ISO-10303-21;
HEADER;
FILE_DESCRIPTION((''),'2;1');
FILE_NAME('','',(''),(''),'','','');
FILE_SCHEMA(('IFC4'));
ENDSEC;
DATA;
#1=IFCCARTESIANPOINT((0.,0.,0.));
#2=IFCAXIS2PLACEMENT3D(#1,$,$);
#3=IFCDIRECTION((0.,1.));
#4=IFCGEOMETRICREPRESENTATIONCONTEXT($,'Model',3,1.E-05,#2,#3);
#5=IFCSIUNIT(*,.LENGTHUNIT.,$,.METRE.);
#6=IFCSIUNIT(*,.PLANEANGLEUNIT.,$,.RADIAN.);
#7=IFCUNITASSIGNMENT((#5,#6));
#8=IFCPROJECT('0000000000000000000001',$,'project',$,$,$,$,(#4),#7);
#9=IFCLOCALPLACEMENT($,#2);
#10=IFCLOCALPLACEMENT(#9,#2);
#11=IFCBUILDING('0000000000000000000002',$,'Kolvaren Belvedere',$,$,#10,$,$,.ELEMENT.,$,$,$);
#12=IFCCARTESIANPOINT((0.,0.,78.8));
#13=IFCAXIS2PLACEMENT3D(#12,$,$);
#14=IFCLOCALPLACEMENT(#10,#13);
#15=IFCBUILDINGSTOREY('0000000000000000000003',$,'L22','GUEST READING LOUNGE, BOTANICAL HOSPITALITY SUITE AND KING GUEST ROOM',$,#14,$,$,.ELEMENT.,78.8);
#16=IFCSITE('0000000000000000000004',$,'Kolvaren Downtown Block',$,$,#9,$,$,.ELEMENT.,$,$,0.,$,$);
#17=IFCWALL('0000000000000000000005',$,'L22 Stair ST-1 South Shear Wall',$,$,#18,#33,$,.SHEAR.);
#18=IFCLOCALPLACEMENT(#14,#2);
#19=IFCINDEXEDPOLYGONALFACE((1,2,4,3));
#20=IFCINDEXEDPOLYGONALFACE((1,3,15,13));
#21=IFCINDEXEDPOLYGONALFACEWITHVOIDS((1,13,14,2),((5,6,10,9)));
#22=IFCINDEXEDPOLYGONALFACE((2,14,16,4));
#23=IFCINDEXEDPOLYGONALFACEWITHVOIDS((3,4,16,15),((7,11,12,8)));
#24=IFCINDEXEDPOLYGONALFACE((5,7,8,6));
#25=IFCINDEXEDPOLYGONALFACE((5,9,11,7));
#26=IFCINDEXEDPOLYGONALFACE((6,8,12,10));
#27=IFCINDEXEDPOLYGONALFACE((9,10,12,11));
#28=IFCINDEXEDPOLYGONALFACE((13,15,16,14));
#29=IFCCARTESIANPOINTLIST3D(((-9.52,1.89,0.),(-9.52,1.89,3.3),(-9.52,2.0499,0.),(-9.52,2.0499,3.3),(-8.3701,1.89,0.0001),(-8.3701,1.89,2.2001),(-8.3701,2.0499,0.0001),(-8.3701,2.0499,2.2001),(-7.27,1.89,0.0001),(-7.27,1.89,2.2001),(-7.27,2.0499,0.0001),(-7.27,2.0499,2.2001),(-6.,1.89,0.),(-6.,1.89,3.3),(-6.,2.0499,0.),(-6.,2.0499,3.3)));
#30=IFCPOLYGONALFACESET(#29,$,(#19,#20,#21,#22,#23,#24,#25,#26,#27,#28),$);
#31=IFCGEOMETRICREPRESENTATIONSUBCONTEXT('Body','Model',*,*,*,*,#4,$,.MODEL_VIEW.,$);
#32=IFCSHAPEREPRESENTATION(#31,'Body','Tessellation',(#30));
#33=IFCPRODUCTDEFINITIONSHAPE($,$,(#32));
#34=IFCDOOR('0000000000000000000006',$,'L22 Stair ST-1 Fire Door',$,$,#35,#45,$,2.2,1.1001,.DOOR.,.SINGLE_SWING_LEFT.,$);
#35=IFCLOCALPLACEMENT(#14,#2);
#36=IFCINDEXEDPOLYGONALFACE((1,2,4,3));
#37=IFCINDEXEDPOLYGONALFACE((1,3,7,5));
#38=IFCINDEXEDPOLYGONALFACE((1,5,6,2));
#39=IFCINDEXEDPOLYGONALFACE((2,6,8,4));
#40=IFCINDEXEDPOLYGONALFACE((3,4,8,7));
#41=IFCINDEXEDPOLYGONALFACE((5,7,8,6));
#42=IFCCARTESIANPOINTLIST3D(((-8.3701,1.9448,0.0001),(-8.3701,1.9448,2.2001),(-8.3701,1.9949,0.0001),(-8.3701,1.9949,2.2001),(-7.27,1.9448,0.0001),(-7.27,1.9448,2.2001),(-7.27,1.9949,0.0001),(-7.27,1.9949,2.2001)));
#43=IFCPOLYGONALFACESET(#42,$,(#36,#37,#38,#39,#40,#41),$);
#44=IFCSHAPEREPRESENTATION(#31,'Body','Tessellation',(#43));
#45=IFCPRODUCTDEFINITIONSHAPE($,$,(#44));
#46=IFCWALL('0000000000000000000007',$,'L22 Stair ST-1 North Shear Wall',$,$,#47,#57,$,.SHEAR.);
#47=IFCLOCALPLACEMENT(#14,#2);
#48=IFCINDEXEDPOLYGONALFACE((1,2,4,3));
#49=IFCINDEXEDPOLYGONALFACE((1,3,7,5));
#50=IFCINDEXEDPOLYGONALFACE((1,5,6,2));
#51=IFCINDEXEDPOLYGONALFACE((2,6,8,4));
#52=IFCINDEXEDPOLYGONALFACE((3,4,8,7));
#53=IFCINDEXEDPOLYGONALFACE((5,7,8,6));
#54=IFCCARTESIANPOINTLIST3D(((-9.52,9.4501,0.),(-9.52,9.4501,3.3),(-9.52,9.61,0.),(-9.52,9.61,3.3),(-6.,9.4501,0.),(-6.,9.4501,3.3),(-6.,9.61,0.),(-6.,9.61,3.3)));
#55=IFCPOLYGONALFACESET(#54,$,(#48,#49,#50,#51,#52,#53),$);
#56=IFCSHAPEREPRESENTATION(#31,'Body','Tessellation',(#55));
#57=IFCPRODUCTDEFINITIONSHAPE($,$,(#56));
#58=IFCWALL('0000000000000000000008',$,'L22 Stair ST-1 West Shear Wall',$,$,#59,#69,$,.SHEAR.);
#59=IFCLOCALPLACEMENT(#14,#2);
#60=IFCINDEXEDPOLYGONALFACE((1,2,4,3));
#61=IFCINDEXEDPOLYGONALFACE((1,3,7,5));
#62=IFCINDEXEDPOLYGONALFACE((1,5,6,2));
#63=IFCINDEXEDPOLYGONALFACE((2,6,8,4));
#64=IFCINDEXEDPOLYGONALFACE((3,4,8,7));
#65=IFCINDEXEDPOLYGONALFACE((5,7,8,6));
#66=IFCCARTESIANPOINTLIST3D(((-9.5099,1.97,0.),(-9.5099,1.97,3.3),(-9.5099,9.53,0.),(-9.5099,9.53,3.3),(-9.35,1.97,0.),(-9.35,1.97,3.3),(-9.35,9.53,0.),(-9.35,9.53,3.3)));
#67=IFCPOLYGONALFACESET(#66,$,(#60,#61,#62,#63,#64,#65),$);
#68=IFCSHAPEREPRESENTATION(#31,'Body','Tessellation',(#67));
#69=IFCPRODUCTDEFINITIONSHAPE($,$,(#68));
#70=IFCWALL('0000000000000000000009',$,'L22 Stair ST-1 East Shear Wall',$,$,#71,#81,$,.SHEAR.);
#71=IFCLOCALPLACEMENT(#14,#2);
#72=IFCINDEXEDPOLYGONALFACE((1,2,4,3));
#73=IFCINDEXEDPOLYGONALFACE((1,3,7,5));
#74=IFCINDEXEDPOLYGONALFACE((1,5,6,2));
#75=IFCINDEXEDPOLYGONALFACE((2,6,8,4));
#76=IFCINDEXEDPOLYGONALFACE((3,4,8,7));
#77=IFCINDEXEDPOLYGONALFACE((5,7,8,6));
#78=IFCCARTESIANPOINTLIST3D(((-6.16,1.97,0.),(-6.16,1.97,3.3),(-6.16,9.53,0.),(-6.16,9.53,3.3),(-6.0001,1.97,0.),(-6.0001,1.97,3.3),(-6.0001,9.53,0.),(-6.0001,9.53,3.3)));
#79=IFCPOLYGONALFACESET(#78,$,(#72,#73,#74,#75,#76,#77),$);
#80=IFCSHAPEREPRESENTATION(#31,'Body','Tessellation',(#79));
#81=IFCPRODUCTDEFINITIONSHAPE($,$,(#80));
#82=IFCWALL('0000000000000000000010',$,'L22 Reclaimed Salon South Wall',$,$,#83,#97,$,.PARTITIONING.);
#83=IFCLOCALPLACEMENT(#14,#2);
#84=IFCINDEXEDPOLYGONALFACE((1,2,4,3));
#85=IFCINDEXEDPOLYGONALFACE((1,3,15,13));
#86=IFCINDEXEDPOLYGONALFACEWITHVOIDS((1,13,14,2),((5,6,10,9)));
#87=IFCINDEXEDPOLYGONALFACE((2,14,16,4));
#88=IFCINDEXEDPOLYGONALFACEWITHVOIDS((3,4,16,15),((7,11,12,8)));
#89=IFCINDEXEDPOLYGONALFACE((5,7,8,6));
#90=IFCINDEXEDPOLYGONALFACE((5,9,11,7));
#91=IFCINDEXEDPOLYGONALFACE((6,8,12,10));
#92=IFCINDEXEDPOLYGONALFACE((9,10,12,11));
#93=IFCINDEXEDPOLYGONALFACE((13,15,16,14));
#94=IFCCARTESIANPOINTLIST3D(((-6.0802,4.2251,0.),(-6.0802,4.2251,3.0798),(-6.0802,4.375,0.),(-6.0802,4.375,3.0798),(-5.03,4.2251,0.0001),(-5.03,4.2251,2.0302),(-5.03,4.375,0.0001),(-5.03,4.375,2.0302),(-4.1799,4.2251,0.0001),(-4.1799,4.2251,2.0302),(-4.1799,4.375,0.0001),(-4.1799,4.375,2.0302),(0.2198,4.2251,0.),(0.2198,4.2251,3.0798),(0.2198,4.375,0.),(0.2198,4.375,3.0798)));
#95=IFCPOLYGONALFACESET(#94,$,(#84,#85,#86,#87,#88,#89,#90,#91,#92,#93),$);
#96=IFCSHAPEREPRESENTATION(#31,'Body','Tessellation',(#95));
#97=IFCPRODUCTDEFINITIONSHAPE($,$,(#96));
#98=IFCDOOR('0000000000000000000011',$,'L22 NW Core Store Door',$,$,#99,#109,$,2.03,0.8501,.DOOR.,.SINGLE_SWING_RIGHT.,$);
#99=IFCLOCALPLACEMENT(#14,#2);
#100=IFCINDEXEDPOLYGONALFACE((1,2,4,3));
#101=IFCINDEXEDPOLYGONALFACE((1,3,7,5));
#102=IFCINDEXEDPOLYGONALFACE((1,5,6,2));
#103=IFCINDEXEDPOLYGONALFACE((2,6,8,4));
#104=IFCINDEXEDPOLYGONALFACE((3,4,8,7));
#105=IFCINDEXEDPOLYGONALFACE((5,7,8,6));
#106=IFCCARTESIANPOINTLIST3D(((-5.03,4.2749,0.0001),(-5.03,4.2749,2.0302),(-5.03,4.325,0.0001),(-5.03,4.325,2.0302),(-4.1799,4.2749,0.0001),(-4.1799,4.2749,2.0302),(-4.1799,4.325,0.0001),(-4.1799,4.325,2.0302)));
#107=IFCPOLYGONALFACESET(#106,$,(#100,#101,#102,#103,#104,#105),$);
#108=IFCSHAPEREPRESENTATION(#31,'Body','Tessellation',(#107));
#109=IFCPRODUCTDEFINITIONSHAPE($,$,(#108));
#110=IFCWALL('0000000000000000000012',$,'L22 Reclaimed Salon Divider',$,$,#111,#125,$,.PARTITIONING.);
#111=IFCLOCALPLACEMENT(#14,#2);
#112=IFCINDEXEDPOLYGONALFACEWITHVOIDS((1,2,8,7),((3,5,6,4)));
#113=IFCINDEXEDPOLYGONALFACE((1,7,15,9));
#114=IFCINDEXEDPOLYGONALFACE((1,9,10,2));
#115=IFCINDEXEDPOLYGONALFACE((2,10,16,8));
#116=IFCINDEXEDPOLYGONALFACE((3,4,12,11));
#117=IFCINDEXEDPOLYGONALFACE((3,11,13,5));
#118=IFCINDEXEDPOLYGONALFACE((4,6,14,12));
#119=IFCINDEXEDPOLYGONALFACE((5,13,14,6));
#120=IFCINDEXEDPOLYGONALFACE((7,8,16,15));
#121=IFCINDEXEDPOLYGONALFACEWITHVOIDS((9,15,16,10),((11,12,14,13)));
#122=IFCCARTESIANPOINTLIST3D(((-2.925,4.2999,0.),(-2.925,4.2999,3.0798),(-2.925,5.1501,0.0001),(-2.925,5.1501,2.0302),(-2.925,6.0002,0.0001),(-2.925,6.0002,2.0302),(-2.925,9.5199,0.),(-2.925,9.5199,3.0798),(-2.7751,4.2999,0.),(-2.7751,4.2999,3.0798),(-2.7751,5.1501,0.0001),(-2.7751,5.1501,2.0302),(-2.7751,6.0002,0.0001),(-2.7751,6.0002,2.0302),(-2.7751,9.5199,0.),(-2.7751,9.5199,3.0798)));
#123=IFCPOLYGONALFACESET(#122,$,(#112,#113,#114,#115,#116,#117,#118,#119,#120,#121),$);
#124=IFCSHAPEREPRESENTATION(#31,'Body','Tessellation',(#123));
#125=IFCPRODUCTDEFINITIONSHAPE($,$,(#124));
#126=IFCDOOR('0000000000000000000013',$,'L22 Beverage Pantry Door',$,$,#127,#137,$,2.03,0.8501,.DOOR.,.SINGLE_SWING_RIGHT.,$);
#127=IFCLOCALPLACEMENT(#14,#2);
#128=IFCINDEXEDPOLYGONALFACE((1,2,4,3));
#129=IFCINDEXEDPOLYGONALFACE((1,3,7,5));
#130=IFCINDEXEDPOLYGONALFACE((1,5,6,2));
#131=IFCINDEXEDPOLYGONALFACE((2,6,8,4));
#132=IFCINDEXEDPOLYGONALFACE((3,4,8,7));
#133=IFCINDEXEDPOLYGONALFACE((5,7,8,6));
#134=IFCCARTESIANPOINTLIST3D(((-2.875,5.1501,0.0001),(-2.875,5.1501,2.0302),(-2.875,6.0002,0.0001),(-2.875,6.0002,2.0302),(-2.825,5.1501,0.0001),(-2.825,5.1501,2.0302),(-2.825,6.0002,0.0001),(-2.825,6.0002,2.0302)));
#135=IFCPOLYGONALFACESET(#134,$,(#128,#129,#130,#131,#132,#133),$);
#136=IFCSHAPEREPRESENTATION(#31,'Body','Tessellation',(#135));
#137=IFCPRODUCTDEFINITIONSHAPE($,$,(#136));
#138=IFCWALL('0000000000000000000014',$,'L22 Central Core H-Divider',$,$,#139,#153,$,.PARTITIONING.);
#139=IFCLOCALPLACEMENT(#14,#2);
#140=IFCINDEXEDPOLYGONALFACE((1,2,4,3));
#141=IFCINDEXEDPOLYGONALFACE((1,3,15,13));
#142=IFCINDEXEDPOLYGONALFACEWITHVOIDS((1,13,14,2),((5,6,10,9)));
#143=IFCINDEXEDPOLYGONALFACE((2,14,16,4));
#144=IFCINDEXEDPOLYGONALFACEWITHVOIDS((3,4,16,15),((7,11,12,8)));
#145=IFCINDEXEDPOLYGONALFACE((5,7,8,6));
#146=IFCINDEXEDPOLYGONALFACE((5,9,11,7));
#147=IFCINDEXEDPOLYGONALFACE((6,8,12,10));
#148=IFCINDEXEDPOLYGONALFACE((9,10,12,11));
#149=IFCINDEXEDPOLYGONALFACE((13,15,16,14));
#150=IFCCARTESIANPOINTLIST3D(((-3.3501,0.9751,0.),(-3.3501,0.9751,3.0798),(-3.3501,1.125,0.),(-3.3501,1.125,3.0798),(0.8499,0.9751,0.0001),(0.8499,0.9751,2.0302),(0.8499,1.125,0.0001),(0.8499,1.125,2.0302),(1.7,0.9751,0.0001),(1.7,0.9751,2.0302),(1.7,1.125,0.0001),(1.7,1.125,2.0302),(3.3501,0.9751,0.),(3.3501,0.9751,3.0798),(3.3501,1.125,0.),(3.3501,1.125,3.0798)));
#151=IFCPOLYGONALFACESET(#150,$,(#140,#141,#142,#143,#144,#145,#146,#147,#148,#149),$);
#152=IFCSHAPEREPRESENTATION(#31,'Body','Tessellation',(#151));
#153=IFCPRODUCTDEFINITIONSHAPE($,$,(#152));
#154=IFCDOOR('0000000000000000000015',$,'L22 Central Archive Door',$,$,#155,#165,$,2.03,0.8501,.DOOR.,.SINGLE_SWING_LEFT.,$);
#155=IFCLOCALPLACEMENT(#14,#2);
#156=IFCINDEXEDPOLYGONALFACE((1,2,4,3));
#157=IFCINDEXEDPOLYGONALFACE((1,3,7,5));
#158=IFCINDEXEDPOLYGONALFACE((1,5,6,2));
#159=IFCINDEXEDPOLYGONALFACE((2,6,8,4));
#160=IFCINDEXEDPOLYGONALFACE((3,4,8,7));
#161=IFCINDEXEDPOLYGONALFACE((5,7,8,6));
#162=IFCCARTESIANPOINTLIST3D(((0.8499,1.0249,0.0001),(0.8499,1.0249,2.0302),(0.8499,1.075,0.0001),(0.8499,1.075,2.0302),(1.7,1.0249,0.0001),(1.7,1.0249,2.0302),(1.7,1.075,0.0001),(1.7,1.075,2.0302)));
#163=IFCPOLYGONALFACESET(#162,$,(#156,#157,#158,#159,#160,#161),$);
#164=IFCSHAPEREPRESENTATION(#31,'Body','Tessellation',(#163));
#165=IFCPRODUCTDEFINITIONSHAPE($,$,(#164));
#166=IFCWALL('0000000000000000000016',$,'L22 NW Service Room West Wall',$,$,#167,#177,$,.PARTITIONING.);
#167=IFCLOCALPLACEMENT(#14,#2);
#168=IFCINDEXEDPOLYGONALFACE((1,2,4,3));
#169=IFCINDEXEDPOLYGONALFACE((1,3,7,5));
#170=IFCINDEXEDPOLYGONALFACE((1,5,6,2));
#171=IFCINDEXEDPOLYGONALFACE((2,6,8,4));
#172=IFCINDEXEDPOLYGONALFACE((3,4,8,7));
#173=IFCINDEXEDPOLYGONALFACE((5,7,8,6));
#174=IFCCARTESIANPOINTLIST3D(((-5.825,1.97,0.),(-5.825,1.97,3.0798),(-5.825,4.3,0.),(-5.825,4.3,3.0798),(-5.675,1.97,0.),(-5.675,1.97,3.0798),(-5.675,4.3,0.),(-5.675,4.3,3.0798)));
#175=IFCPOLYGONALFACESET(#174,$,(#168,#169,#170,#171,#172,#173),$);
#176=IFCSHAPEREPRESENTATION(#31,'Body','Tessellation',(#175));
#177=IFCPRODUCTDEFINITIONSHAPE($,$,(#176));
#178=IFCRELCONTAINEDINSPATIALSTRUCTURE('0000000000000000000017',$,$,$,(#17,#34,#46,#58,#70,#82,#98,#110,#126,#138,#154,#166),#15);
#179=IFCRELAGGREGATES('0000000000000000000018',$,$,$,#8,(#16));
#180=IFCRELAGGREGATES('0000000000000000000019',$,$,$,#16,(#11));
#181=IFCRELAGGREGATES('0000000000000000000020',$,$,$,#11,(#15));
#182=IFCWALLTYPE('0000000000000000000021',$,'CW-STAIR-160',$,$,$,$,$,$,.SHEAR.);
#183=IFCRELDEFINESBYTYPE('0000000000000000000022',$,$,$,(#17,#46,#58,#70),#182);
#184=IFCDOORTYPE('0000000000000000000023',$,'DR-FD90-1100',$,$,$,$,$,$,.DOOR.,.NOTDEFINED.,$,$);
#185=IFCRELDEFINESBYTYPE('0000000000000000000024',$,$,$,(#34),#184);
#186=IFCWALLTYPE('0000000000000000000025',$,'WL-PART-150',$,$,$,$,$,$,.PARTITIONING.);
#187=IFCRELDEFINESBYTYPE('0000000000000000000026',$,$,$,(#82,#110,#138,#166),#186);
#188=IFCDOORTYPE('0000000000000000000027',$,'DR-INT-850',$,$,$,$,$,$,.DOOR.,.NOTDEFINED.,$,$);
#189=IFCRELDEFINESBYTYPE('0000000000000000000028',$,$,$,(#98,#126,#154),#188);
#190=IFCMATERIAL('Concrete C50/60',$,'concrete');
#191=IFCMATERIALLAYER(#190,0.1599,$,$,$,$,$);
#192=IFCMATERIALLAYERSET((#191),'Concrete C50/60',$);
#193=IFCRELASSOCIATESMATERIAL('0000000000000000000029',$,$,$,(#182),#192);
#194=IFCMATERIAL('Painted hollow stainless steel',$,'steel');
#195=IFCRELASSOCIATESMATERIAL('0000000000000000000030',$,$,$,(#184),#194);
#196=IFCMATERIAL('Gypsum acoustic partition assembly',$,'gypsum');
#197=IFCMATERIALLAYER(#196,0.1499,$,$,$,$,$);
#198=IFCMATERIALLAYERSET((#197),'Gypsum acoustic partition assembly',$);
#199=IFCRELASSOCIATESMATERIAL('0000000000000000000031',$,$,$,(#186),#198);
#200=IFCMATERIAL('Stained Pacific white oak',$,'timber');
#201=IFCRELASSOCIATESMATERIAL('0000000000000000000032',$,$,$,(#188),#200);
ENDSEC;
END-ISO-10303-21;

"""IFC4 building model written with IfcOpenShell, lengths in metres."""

from ifc_helpers import new_model, si_unit, direction, frame, frame_2d, origin, place, context, subcontext, project, spatial, rectangle, extrude, material, layer, layer_set, type_object, element, fill, save


model = new_model("IFC4")

# Units and contexts
model_context = context("Model", 3, precision=1e-05, world=origin(), true_north=direction((0.0, 1.0)))
body_context = subcontext(model_context, "Body", "Model", "MODEL_VIEW")
ifc_project = project(units=[si_unit("LENGTHUNIT", "METRE"), si_unit("PLANEANGLEUNIT", "RADIAN")], contexts=[model_context])

# Site, building, storey
site_placement = place(None, origin())
site = spatial("IfcSite", under=ifc_project, at=site_placement, Name="Kolvaren Downtown Block", CompositionType="ELEMENT", RefElevation=0.0)
building_placement = place(site_placement, origin())
building = spatial("IfcBuilding", under=site, at=building_placement, Name="Kolvaren Belvedere", CompositionType="ELEMENT")
storey_placement = place(building_placement, frame((0.0, 0.0, 78.8)))
storey = spatial("IfcBuildingStorey", under=building, at=storey_placement, Name="L22", Description="GUEST READING LOUNGE, BOTANICAL HOSPITALITY SUITE AND KING GUEST ROOM", CompositionType="ELEMENT", Elevation=78.8)

# Wall, opening, door
ifc_material_1 = material(Name="Concrete C50/60", Category="concrete")
ifc_layer_1 = layer(ifc_material_1, 0.1599)
ifc_layer_set_1 = layer_set([ifc_layer_1], Name="Concrete C50/60")
wall_type_1 = type_object("IfcWallType", Name="CW-STAIR-160", PredefinedType="SHEAR", material=ifc_layer_set_1)
wall_1_placement = place(storey_placement, frame((-9.52, 1.97, 0.0), z_axis=(0.0, 0.0, 1.0), x_axis=(1.0, 0.0, 0.0)))
wall_1 = element("IfcWall", 1, at=wall_1_placement, inside=storey, type_object=wall_type_1, Name="L22 Stair ST-1 South Shear Wall", PredefinedType="SHEAR", context=body_context, shape_type="SweptSolid", body=[
    extrude(rectangle(XDim=3.52, YDim=0.1599, at=frame_2d((1.76, 0.0))), origin(), (0.0, 0.0, 1.0), 3.3),
])
opening_1_placement = place(wall_1_placement, frame((1.1499, 0.0, 0.0)))
opening_1 = element("IfcOpeningElement", 2, at=opening_1_placement, cuts=wall_1, PredefinedType="OPENING", context=body_context, shape_type="SweptSolid", body=[
    extrude(rectangle(XDim=1.1001, YDim=2.2, at=frame_2d((0.55, 1.1001))), frame((0.0, 0.0898, 0.0), z_axis=(0.0, -1.0, 0.0), x_axis=(1.0, 0.0, 0.0)), (0.0, 0.0, 1.0), 0.1799),
])
ifc_material_2 = material(Name="Painted hollow stainless steel", Category="steel")
door_type_1 = type_object("IfcDoorType", Name="DR-FD90-1100", OperationType="NOTDEFINED", PredefinedType="DOOR", material=ifc_material_2)
door_1_placement = place(opening_1_placement, origin())
door_1 = element("IfcDoor", 3, at=door_1_placement, inside=storey, type_object=door_type_1, Name="L22 Stair ST-1 Fire Door", OperationType="SINGLE_SWING_LEFT", OverallHeight=2.2, OverallWidth=1.1001, PredefinedType="DOOR", context=body_context, shape_type="SweptSolid", body=[
    extrude(rectangle(XDim=1.1001, YDim=2.2, at=frame_2d((0.55, 1.1001))), frame((0.0, 0.0249, 0.0), z_axis=(0.0, -1.0, 0.0), x_axis=(1.0, 0.0, 0.0)), (0.0, 0.0, 1.0), 0.05),
])
fill(opening_1, door_1)

# Walls
wall_2_placement = place(storey_placement, frame((-9.52, 9.53, 0.0), z_axis=(0.0, 0.0, 1.0), x_axis=(1.0, 0.0, 0.0)))
element("IfcWall", 4, at=wall_2_placement, inside=storey, type_object=wall_type_1, Name="L22 Stair ST-1 North Shear Wall", PredefinedType="SHEAR", context=body_context, shape_type="SweptSolid", body=[
    extrude(rectangle(XDim=3.52, YDim=0.1599, at=frame_2d((1.76, 0.0))), origin(), (0.0, 0.0, 1.0), 3.3),
])
for number, where, z_axis, x_axis, name in (
    (5, (-9.4299, 1.97, 0.0), (0.0, 0.0, 1.0), (0.0, 1.0, 0.0), "L22 Stair ST-1 West Shear Wall"),
    (6, (-6.0801, 1.97, 0.0), (0.0, 0.0, 1.0), (0.0, 1.0, 0.0), "L22 Stair ST-1 East Shear Wall"),
):
    element("IfcWall", number, at=place(storey_placement, frame(where, z_axis=z_axis, x_axis=x_axis)), inside=storey, type_object=wall_type_1, Name=name, PredefinedType="SHEAR", context=body_context, shape_type="SweptSolid", body=[
        extrude(rectangle(XDim=7.5601, YDim=0.1599, at=frame_2d((3.78, 0.0))), origin(), (0.0, 0.0, 1.0), 3.3),
    ])

# Walls, openings, doors
ifc_material_3 = material(Name="Gypsum acoustic partition assembly", Category="gypsum")
ifc_layer_2 = layer(ifc_material_3, 0.1499)
ifc_layer_set_2 = layer_set([ifc_layer_2], Name="Gypsum acoustic partition assembly")
wall_type_2 = type_object("IfcWallType", Name="WL-PART-150", PredefinedType="PARTITIONING", material=ifc_layer_set_2)
wall_3_placement = place(storey_placement, frame((-6.0801, 4.3, 0.0), z_axis=(0.0, 0.0, 1.0), x_axis=(1.0, 0.0, 0.0)))
wall_3 = element("IfcWall", 7, at=wall_3_placement, inside=storey, type_object=wall_type_2, Name="L22 Reclaimed Salon South Wall", PredefinedType="PARTITIONING", context=body_context, shape_type="SweptSolid", body=[
    extrude(rectangle(XDim=6.3, YDim=0.1499, at=frame_2d((3.1499, 0.0))), origin(), (0.0, 0.0, 1.0), 3.0798),
])
opening_2_placement = place(wall_3_placement, frame((1.05, 0.0, 0.0)))
opening_2 = element("IfcOpeningElement", 8, at=opening_2_placement, cuts=wall_3, PredefinedType="OPENING", context=body_context, shape_type="SweptSolid", body=[
    extrude(rectangle(XDim=0.8501, YDim=2.03, at=frame_2d((0.425, 1.0151))), frame((0.0, 0.085, 0.0), z_axis=(0.0, -1.0, 0.0), x_axis=(1.0, 0.0, 0.0)), (0.0, 0.0, 1.0), 0.1699),
])
ifc_material_4 = material(Name="Stained Pacific white oak", Category="timber")
door_type_2 = type_object("IfcDoorType", Name="DR-INT-850", OperationType="NOTDEFINED", PredefinedType="DOOR", material=ifc_material_4)
door_2_placement = place(opening_2_placement, origin())
door_2 = element("IfcDoor", 9, at=door_2_placement, inside=storey, type_object=door_type_2, Name="L22 NW Core Store Door", OperationType="SINGLE_SWING_RIGHT", OverallHeight=2.03, OverallWidth=0.8501, PredefinedType="DOOR", context=body_context, shape_type="SweptSolid", body=[
    extrude(rectangle(XDim=0.8501, YDim=2.03, at=frame_2d((0.425, 1.0151))), frame((0.0, 0.0249, 0.0), z_axis=(0.0, -1.0, 0.0), x_axis=(1.0, 0.0, 0.0)), (0.0, 0.0, 1.0), 0.05),
])
fill(opening_2, door_2)
wall_4_placement = place(storey_placement, frame((-2.8501, 4.3, 0.0), z_axis=(0.0, 0.0, 1.0), x_axis=(0.0, 1.0, 0.0)))
wall_4 = element("IfcWall", 10, at=wall_4_placement, inside=storey, type_object=wall_type_2, Name="L22 Reclaimed Salon Divider", PredefinedType="PARTITIONING", context=body_context, shape_type="SweptSolid", body=[
    extrude(rectangle(XDim=5.22, YDim=0.1499, at=frame_2d((2.6099, 0.0))), origin(), (0.0, 0.0, 1.0), 3.0798),
])
opening_3_placement = place(wall_4_placement, frame((0.8501, 0.0, 0.0)))
opening_3 = element("IfcOpeningElement", 11, at=opening_3_placement, cuts=wall_4, PredefinedType="OPENING", context=body_context, shape_type="SweptSolid", body=[
    extrude(rectangle(XDim=0.8501, YDim=2.03, at=frame_2d((0.425, 1.0151))), frame((0.0, 0.085, 0.0), z_axis=(0.0, -1.0, 0.0), x_axis=(1.0, 0.0, 0.0)), (0.0, 0.0, 1.0), 0.1699),
])
door_3_placement = place(opening_3_placement, origin())
door_3 = element("IfcDoor", 12, at=door_3_placement, inside=storey, type_object=door_type_2, Name="L22 Beverage Pantry Door", OperationType="SINGLE_SWING_RIGHT", OverallHeight=2.03, OverallWidth=0.8501, PredefinedType="DOOR", context=body_context, shape_type="SweptSolid", body=[
    extrude(rectangle(XDim=0.8501, YDim=2.03, at=frame_2d((0.425, 1.0151))), frame((0.0, 0.0249, 0.0), z_axis=(0.0, -1.0, 0.0), x_axis=(1.0, 0.0, 0.0)), (0.0, 0.0, 1.0), 0.05),
])
fill(opening_3, door_3)
wall_5_placement = place(storey_placement, frame((-3.3501, 1.05, 0.0), z_axis=(0.0, 0.0, 1.0), x_axis=(1.0, 0.0, 0.0)))
wall_5 = element("IfcWall", 13, at=wall_5_placement, inside=storey, type_object=wall_type_2, Name="L22 Central Core H-Divider", PredefinedType="PARTITIONING", context=body_context, shape_type="SweptSolid", body=[
    extrude(rectangle(XDim=6.7002, YDim=0.1499, at=frame_2d((3.3501, 0.0))), origin(), (0.0, 0.0, 1.0), 3.0798),
])
opening_4_placement = place(wall_5_placement, frame((4.2, 0.0, 0.0)))
opening_4 = element("IfcOpeningElement", 14, at=opening_4_placement, cuts=wall_5, PredefinedType="OPENING", context=body_context, shape_type="SweptSolid", body=[
    extrude(rectangle(XDim=0.8501, YDim=2.03, at=frame_2d((0.425, 1.0151))), frame((0.0, 0.085, 0.0), z_axis=(0.0, -1.0, 0.0), x_axis=(1.0, 0.0, 0.0)), (0.0, 0.0, 1.0), 0.1699),
])
door_4_placement = place(opening_4_placement, origin())
door_4 = element("IfcDoor", 15, at=door_4_placement, inside=storey, type_object=door_type_2, Name="L22 Central Archive Door", OperationType="SINGLE_SWING_LEFT", OverallHeight=2.03, OverallWidth=0.8501, PredefinedType="DOOR", context=body_context, shape_type="SweptSolid", body=[
    extrude(rectangle(XDim=0.8501, YDim=2.03, at=frame_2d((0.425, 1.0151))), frame((0.0, 0.0249, 0.0), z_axis=(0.0, -1.0, 0.0), x_axis=(1.0, 0.0, 0.0)), (0.0, 0.0, 1.0), 0.05),
])
fill(opening_4, door_4)

# Wall
wall_6_placement = place(storey_placement, frame((-5.75, 1.97, 0.0), z_axis=(0.0, 0.0, 1.0), x_axis=(0.0, 1.0, 0.0)))
element("IfcWall", 16, at=wall_6_placement, inside=storey, type_object=wall_type_2, Name="L22 NW Service Room West Wall", PredefinedType="PARTITIONING", context=body_context, shape_type="SweptSolid", body=[
    extrude(rectangle(XDim=2.3301, YDim=0.1499, at=frame_2d((1.165, 0.0))), origin(), (0.0, 0.0, 1.0), 3.0798),
])

save(model, "model.ifc")
